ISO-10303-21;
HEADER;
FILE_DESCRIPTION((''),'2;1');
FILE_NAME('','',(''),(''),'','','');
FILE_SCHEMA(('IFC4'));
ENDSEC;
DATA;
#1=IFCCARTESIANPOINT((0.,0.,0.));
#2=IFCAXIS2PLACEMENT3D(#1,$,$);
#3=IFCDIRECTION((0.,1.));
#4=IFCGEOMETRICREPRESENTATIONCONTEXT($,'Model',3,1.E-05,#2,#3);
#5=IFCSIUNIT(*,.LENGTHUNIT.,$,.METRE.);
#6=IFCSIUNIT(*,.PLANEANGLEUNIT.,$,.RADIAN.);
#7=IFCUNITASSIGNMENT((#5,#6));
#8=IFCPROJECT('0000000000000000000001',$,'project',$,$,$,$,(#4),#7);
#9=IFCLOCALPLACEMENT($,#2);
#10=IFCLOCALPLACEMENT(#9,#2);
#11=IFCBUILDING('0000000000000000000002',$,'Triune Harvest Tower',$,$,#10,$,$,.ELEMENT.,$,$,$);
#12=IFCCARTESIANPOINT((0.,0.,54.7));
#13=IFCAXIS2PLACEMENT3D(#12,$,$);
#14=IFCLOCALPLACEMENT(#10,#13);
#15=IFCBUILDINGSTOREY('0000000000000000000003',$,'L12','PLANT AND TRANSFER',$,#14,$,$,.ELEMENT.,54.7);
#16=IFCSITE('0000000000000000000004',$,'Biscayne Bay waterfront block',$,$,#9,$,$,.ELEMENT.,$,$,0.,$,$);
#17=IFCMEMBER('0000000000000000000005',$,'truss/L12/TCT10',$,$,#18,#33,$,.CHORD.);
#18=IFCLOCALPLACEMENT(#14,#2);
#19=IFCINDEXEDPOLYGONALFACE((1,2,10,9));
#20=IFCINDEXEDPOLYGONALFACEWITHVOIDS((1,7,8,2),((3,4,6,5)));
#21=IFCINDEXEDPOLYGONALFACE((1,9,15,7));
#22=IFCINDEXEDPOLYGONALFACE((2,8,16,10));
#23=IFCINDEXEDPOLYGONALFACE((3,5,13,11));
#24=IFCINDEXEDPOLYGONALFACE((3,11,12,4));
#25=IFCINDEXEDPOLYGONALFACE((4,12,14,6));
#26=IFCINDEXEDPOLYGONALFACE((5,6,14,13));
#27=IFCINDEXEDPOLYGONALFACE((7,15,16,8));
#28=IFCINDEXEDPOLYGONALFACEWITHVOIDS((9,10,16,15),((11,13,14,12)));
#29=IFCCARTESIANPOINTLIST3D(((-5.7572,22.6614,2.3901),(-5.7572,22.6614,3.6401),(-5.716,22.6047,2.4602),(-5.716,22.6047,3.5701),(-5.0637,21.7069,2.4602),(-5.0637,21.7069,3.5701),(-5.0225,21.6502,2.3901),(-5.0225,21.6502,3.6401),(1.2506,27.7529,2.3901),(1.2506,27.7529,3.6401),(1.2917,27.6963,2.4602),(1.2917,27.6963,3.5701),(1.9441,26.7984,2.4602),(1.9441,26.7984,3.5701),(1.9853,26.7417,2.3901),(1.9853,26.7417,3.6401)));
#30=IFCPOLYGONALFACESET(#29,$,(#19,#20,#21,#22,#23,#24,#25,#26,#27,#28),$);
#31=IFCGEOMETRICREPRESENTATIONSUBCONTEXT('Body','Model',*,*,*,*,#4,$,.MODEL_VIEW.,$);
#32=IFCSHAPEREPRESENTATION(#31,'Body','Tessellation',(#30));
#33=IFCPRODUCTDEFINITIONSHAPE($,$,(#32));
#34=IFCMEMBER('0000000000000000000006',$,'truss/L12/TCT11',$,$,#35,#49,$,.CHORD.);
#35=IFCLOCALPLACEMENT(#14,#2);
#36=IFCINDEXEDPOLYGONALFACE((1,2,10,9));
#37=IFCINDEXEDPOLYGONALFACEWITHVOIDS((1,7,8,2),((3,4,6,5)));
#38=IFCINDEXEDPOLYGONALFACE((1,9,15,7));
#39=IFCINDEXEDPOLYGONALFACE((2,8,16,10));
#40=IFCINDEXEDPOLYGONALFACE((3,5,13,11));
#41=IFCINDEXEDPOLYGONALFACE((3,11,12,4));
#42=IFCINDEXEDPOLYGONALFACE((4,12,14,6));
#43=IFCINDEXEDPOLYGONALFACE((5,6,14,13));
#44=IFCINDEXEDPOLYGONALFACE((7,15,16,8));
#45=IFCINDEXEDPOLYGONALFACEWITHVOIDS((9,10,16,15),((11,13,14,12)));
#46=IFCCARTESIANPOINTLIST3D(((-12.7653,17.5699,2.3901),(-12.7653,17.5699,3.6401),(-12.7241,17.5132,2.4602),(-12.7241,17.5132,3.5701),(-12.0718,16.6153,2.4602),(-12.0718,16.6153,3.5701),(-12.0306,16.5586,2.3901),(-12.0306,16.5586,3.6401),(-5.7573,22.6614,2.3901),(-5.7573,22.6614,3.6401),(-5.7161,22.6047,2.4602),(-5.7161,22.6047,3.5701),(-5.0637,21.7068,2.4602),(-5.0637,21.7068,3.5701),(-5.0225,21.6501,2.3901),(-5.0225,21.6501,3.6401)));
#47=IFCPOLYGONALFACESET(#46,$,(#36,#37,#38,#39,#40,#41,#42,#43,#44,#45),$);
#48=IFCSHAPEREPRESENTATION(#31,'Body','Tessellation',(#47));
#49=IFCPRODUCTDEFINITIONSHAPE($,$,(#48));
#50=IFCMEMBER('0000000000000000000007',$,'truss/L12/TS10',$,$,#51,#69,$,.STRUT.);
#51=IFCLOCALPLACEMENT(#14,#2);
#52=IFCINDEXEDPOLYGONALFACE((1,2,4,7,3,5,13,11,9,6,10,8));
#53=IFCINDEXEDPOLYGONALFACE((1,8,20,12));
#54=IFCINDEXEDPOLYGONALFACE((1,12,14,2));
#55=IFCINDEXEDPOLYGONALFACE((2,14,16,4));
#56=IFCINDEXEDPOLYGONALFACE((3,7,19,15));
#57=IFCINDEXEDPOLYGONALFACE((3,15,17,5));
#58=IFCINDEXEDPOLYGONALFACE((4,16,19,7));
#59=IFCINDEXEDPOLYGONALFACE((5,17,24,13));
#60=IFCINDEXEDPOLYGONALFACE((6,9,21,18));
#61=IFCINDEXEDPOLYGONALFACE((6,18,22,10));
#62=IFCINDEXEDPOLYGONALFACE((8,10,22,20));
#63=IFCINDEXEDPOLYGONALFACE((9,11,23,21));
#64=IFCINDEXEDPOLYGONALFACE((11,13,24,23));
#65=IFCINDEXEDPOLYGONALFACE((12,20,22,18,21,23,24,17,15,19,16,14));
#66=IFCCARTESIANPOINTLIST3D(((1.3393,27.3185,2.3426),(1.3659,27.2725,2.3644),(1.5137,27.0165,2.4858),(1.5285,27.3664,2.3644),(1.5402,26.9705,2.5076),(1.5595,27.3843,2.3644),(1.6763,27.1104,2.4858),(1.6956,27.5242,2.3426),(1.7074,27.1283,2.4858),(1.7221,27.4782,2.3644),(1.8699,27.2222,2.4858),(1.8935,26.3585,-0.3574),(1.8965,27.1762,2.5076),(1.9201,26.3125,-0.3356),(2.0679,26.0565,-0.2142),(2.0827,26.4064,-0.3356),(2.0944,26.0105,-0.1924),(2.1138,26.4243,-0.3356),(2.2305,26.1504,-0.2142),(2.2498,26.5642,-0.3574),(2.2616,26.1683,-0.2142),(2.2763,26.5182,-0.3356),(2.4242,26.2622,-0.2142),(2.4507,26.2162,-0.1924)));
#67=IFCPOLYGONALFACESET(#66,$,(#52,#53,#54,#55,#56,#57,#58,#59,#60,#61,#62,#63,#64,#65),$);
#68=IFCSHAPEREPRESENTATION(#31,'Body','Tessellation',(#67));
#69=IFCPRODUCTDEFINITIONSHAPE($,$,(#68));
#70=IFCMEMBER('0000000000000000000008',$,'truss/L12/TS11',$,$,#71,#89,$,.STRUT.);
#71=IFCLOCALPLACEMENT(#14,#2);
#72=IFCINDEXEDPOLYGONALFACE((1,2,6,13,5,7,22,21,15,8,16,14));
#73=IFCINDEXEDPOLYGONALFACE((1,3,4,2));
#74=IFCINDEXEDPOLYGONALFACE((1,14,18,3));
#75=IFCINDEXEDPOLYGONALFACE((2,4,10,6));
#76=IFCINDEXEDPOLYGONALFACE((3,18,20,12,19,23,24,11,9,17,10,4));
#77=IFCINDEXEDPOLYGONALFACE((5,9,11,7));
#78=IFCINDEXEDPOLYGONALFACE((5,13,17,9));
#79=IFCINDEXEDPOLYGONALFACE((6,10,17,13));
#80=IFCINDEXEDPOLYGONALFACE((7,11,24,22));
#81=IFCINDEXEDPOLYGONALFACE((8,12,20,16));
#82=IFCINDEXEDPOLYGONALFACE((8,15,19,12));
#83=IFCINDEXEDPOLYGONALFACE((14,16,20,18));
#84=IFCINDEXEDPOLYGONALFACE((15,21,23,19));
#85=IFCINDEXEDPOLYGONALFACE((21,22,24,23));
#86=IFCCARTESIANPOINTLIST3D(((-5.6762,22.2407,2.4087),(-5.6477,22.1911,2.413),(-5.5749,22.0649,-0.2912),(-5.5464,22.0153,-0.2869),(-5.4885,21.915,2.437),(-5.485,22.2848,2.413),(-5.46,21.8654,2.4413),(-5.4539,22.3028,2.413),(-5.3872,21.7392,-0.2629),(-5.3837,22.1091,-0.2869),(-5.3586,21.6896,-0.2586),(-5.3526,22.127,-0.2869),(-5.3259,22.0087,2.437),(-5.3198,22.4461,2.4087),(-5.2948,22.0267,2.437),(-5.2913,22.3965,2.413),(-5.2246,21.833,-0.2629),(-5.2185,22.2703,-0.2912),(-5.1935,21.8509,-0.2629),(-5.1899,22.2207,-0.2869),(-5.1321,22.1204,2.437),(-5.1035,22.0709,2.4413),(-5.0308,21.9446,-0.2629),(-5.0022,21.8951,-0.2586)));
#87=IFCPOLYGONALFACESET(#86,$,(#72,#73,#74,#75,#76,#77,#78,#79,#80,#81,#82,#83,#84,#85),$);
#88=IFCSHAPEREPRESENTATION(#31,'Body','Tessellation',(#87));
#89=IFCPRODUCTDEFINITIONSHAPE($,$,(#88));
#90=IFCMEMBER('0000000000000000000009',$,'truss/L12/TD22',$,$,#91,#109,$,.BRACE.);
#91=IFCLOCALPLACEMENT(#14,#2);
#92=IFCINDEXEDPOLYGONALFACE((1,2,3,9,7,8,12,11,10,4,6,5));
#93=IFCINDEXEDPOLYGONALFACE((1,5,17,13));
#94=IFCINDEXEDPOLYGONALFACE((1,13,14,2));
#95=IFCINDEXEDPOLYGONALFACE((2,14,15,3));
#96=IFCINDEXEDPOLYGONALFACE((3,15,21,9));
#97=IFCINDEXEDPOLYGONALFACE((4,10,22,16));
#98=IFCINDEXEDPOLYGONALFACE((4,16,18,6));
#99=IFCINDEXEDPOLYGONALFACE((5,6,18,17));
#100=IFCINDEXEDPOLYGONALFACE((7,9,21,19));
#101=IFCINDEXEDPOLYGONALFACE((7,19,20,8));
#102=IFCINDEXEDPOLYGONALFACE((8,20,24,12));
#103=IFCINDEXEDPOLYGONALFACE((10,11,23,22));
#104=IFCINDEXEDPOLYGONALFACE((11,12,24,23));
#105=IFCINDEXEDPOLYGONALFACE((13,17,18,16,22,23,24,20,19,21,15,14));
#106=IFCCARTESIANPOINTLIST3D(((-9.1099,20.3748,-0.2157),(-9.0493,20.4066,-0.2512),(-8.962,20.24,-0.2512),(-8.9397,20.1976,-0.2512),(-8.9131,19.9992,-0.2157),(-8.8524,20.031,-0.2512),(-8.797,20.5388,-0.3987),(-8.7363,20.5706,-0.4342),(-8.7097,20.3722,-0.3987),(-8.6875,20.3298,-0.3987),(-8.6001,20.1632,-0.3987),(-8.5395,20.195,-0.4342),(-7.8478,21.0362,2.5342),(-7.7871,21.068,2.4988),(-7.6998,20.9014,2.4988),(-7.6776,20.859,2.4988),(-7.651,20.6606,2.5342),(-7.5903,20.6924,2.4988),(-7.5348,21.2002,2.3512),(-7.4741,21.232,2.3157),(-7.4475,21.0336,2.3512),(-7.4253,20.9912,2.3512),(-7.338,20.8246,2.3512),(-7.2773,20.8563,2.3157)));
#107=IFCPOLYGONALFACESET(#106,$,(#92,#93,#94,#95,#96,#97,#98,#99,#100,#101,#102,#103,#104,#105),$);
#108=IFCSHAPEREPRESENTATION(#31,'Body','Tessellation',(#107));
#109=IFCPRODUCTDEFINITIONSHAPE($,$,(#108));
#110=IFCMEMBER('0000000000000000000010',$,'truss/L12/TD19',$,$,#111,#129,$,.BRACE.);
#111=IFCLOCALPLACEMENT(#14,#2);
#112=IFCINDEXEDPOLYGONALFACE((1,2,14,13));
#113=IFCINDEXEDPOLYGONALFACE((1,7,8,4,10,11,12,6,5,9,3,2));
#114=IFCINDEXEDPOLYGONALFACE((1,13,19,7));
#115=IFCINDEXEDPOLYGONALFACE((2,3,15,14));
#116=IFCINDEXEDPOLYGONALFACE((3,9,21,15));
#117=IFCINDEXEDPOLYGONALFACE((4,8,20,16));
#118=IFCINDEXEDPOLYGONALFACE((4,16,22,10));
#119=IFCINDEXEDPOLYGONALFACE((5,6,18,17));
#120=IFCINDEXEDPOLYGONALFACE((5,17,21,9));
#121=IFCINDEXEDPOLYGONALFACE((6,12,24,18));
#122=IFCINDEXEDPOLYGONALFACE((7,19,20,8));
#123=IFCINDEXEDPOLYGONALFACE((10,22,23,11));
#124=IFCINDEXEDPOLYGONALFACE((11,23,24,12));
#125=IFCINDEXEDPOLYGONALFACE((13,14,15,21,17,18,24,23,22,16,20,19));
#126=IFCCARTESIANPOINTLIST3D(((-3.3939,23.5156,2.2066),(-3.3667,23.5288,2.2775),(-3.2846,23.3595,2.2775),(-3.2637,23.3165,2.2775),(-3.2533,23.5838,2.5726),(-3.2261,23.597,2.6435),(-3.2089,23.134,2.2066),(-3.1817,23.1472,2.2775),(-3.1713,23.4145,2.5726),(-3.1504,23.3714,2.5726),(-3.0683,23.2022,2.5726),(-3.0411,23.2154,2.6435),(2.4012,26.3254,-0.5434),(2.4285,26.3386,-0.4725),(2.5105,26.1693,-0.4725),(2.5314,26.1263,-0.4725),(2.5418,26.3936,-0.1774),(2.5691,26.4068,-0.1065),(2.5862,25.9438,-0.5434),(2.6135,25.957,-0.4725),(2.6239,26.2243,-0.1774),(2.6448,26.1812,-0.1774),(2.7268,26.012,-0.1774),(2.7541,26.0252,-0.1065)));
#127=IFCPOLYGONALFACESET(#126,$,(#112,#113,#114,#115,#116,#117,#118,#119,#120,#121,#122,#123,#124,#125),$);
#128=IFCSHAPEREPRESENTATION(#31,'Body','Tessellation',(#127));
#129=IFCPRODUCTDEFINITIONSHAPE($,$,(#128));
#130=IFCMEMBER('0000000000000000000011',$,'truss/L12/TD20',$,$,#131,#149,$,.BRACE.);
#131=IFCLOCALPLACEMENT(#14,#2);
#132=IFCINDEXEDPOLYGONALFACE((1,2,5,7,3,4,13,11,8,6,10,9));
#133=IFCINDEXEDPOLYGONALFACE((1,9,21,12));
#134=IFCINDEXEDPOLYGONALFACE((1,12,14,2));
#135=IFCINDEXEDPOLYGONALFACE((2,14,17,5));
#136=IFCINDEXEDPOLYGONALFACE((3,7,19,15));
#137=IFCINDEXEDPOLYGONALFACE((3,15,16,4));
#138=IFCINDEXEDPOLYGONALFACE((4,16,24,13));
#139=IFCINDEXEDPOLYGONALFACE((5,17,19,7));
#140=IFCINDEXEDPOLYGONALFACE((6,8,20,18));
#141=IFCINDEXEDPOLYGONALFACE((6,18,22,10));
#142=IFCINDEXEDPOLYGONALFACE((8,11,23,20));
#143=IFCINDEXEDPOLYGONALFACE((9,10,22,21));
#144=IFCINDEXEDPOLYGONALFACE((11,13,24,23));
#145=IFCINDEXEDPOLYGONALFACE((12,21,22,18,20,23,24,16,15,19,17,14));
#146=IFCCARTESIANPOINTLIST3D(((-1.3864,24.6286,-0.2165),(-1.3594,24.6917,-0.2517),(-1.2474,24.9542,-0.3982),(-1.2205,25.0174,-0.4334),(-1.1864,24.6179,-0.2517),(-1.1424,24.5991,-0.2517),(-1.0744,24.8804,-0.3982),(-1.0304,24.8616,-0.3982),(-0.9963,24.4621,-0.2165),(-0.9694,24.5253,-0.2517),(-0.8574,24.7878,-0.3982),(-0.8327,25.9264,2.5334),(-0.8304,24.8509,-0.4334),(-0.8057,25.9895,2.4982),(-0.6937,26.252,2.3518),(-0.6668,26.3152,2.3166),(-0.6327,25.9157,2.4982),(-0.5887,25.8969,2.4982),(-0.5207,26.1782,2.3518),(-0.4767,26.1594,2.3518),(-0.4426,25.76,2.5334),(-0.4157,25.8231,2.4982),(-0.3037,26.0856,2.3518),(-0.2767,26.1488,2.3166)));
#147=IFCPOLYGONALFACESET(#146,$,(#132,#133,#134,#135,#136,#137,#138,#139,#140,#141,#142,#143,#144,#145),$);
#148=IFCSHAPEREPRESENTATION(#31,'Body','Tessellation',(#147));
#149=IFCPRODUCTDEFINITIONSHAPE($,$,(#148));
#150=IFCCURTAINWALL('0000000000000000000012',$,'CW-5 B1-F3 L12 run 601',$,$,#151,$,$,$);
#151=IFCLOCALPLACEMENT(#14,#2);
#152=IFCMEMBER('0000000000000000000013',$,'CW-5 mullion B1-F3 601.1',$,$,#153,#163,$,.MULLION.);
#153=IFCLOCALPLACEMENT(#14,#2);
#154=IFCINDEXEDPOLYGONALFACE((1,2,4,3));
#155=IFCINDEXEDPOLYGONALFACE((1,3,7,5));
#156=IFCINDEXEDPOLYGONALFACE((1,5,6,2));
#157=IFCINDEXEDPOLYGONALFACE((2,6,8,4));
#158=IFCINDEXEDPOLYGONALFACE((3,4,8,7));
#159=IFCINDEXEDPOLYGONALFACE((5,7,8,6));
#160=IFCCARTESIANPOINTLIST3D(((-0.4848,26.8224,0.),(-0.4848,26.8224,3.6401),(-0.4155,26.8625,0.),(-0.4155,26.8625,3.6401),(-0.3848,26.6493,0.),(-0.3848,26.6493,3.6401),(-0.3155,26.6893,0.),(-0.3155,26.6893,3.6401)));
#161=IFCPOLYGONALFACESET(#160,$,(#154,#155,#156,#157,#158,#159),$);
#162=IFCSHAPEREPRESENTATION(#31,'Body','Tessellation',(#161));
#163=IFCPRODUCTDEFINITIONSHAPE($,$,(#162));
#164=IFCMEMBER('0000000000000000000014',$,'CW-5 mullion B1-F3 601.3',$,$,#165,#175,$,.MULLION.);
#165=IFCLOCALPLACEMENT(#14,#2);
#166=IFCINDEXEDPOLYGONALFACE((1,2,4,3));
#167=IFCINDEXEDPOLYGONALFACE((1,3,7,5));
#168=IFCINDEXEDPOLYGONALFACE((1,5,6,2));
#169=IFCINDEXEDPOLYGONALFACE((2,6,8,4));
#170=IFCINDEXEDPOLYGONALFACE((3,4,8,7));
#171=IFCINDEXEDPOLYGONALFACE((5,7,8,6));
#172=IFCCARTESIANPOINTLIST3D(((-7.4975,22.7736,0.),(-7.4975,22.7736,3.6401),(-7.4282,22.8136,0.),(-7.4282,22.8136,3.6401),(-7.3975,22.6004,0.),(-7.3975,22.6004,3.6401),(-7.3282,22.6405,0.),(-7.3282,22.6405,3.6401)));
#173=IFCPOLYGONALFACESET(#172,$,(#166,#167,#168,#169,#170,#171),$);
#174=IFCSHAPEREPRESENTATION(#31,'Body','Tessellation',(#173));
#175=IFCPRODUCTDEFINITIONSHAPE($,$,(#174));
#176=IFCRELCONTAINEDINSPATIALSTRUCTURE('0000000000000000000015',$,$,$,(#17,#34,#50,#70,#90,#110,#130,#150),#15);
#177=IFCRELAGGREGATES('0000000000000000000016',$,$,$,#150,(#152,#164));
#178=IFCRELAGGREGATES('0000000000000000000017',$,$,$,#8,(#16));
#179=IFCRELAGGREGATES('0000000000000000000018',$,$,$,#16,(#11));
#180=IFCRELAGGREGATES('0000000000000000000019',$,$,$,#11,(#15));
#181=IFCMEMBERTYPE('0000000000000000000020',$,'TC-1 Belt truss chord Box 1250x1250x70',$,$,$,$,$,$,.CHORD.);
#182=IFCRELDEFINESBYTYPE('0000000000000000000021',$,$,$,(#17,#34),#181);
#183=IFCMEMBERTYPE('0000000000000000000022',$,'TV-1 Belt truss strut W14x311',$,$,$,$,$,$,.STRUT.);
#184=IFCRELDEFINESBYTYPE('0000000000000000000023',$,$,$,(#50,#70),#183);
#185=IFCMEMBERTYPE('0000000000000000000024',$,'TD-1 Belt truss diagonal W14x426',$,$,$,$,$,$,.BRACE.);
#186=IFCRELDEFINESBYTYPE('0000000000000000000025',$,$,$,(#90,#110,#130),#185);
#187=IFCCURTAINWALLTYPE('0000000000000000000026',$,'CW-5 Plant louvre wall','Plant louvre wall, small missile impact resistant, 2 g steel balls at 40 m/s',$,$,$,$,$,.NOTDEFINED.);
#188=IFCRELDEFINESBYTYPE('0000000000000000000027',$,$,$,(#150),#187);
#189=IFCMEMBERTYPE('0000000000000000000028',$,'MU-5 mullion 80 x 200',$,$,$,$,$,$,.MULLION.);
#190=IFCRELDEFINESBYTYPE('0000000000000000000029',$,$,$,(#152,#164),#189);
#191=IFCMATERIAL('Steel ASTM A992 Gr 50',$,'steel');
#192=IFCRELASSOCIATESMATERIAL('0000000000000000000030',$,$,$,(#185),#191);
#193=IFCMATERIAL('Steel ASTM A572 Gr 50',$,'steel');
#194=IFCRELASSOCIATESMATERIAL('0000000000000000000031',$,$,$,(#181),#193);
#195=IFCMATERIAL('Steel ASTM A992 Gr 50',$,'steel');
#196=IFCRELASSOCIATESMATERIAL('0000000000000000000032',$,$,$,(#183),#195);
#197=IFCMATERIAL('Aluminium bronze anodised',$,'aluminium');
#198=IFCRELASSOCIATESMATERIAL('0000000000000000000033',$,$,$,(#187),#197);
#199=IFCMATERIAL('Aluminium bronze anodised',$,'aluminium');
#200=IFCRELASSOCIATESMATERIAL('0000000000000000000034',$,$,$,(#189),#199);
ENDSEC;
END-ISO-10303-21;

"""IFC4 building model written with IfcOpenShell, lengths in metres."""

from ifc_helpers import new_model, si_unit, direction, frame, origin, origin_2d, place, context, subcontext, project, spatial, rectangle, hollow_rectangle, i_section, extrude, source, transform, mapped, material, material_profile, profile_set, type_object, element, aggregate, save


model = new_model("IFC4")

# Units and contexts
model_context = context("Model", 3, precision=1e-05, world=origin(), true_north=direction((0.0, 1.0)))
body_context = subcontext(model_context, "Body", "Model", "MODEL_VIEW")
ifc_project = project(units=[si_unit("LENGTHUNIT", "METRE"), si_unit("PLANEANGLEUNIT", "RADIAN")], contexts=[model_context])

# Site, building, storey
site_placement = place(None, origin())
site = spatial("IfcSite", under=ifc_project, at=site_placement, Name="Biscayne Bay waterfront block", CompositionType="ELEMENT", RefElevation=0.0)
building_placement = place(site_placement, origin())
building = spatial("IfcBuilding", under=site, at=building_placement, Name="Triune Harvest Tower", CompositionType="ELEMENT")
storey_placement = place(building_placement, frame((0.0, 0.0, 54.7)))
storey = spatial("IfcBuildingStorey", under=building, at=storey_placement, Name="L12", Description="PLANT AND TRANSFER", CompositionType="ELEMENT", Elevation=54.7)

# Shared definitions
ifc_material_1 = material(Name="Steel ASTM A992 Gr 50", Category="steel")
ifc_material_profile_1 = material_profile(ifc_material_1, i_section(OverallWidth=0.4241, OverallDepth=0.4751, WebThickness=0.0479, FlangeThickness=0.0771, at=origin_2d()), Name="W14x426")
ifc_profile_set_1 = profile_set([ifc_material_profile_1], Name="Steel ASTM A992 Gr 50")
member_type_1 = type_object("IfcMemberType", Name="TD-1 Belt truss diagonal W14x426", PredefinedType="BRACE", material=ifc_profile_set_1)

# Members
ifc_material_2 = material(Name="Steel ASTM A572 Gr 50", Category="steel")
ifc_material_profile_2 = material_profile(ifc_material_2, hollow_rectangle(XDim=1.25, YDim=1.25, WallThickness=0.0701, at=origin_2d()), Name="Box 1250x1250x70")
ifc_profile_set_2 = profile_set([ifc_material_profile_2], Name="Steel ASTM A572 Gr 50")
member_type_2 = type_object("IfcMemberType", Name="TC-1 Belt truss chord Box 1250x1250x70", PredefinedType="CHORD", material=ifc_profile_set_2)
shared_shape_1 = source(origin(), body_context, "Body", "SweptSolid", [
    extrude(hollow_rectangle(XDim=1.25, YDim=1.25, WallThickness=0.0701, at=origin_2d()), origin(), (0.0, 0.0, 1.0), 8.6621),
])
member_1_placement = place(storey_placement, frame((1.6179, 27.2473, 3.0151), z_axis=(-0.809013, -0.587791, 0.0), x_axis=(0.587791, -0.809013, 0.0)))
element("IfcMember", 1, at=member_1_placement, inside=storey, type_object=member_type_2, Name="truss/L12/TCT10", PredefinedType="CHORD", context=body_context, shape_type="MappedRepresentation", body=[
    mapped(shared_shape_1, transform((0.0, 0.0, 0.0), scale=1.0)),
])
shared_shape_2 = source(origin(), body_context, "Body", "SweptSolid", [
    extrude(hollow_rectangle(XDim=1.25, YDim=1.25, WallThickness=0.0701, at=origin_2d()), origin(), (0.0, 0.0, 1.0), 8.6624),
])
member_2_placement = place(storey_placement, frame((-5.3899, 22.1558, 3.0151), z_axis=(-0.809022, -0.587778, 0.0), x_axis=(0.587778, -0.809022, 0.0)))
element("IfcMember", 2, at=member_2_placement, inside=storey, type_object=member_type_2, Name="truss/L12/TCT11", PredefinedType="CHORD", context=body_context, shape_type="MappedRepresentation", body=[
    mapped(shared_shape_2, transform((0.0, 0.0, 0.0), scale=1.0)),
])
ifc_material_3 = material(Name="Steel ASTM A992 Gr 50", Category="steel")
ifc_material_profile_3 = material_profile(ifc_material_3, i_section(OverallWidth=0.4114, OverallDepth=0.4343, WebThickness=0.0359, FlangeThickness=0.0574, at=origin_2d()), Name="W14x311")
ifc_profile_set_3 = profile_set([ifc_material_profile_3], Name="Steel ASTM A992 Gr 50")
member_type_3 = type_object("IfcMemberType", Name="TV-1 Belt truss strut W14x311", PredefinedType="STRUT", material=ifc_profile_set_3)
shared_shape_3 = source(origin(), body_context, "Body", "SweptSolid", [
    extrude(i_section(OverallWidth=0.4114, OverallDepth=0.4343, WebThickness=0.0359, FlangeThickness=0.0574, at=origin_2d()), origin(), (0.0, 0.0, 1.0), 2.9187),
])
member_3_placement = place(storey_placement, frame((2.1721, 26.2874, -0.2749), z_axis=(-0.189883, 0.328908, 0.925075), x_axis=(-0.866039, -0.499977, 0.0)))
element("IfcMember", 3, at=member_3_placement, inside=storey, type_object=member_type_3, Name="truss/L12/TS10", PredefinedType="STRUT", context=body_context, shape_type="MappedRepresentation", body=[
    mapped(shared_shape_3, transform((0.0, 0.0, 0.0), scale=1.0)),
])
shared_shape_4 = source(origin(), body_context, "Body", "SweptSolid", [
    extrude(i_section(OverallWidth=0.4114, OverallDepth=0.4343, WebThickness=0.0359, FlangeThickness=0.0574, at=origin_2d()), origin(), (0.0, 0.0, 1.0), 2.7075),
])
member_4_placement = place(storey_placement, frame((-5.2886, 21.98, -0.2749), z_axis=(-0.03742, 0.064922, 0.997188), x_axis=(-0.866386, -0.499375, 0.0)))
element("IfcMember", 4, at=member_4_placement, inside=storey, type_object=member_type_3, Name="truss/L12/TS11", PredefinedType="STRUT", context=body_context, shape_type="MappedRepresentation", body=[
    mapped(shared_shape_4, transform((0.0, 0.0, 0.0), scale=1.0)),
])
shared_shape_5 = source(origin(), body_context, "Body", "SweptSolid", [
    extrude(i_section(OverallWidth=0.4241, OverallDepth=0.4751, WebThickness=0.0479, FlangeThickness=0.0771, at=origin_2d()), origin(), (0.0, 0.0, 1.0), 3.0972),
])
member_5_placement = place(storey_placement, frame((-8.8247, 20.2849, -0.325), z_axis=(0.407522, 0.213535, 0.887878), x_axis=(-0.464129, 0.885768, 0.0)))
element("IfcMember", 5, at=member_5_placement, inside=storey, type_object=member_type_1, Name="truss/L12/TD22", PredefinedType="BRACE", context=body_context, shape_type="MappedRepresentation", body=[
    mapped(shared_shape_5, transform((0.0, 0.0, 0.0), scale=1.0)),
])
shared_shape_6 = source(origin(), body_context, "Body", "SweptSolid", [
    extrude(i_section(OverallWidth=0.4241, OverallDepth=0.4751, WebThickness=0.0479, FlangeThickness=0.0771, at=origin_2d()), origin(), (0.0, 0.0, 1.0), 7.0029),
])
member_6_placement = place(storey_placement, frame((2.5776, 26.1753, -0.325), z_axis=(-0.82753, -0.401232, 0.392691), x_axis=(0.436278, -0.899812, 0.0)))
element("IfcMember", 6, at=member_6_placement, inside=storey, type_object=member_type_1, Name="truss/L12/TD19", PredefinedType="BRACE", context=body_context, shape_type="MappedRepresentation", body=[
    mapped(shared_shape_6, transform((0.0, 0.0, 0.0), scale=1.0)),
])
shared_shape_7 = source(origin(), body_context, "Body", "SweptSolid", [
    extrude(i_section(OverallWidth=0.4241, OverallDepth=0.4751, WebThickness=0.0479, FlangeThickness=0.0771, at=origin_2d()), origin(), (0.0, 0.0, 1.0), 3.0908),
])
member_7_placement = place(storey_placement, frame((-1.1084, 24.7397, -0.325), z_axis=(0.179144, 0.419898, 0.889715), x_axis=(-0.919788, 0.392415, 0.0)))
element("IfcMember", 7, at=member_7_placement, inside=storey, type_object=member_type_1, Name="truss/L12/TD20", PredefinedType="BRACE", context=body_context, shape_type="MappedRepresentation", body=[
    mapped(shared_shape_7, transform((0.0, 0.0, 0.0), scale=1.0)),
])

# Curtain wall, members
ifc_material_4 = material(Name="Aluminium bronze anodised", Category="aluminium")
curtain_wall_type = type_object("IfcCurtainWallType", Name="CW-5 Plant louvre wall", Description="Plant louvre wall, small missile impact resistant, 2 g steel balls at 40 m/s", PredefinedType="NOTDEFINED", material=ifc_material_4)
curtain_wall_1_placement = place(storey_placement, origin())
curtain_wall_1 = element("IfcCurtainWall", 8, at=curtain_wall_1_placement, inside=storey, type_object=curtain_wall_type, Name="CW-5 B1-F3 L12 run 601")
ifc_material_5 = material(Name="Aluminium bronze anodised", Category="aluminium")
ifc_material_profile_4 = material_profile(ifc_material_5, rectangle(XDim=0.2, YDim=0.0801, at=origin_2d()), Name="MU-5 mullion 80 x 200")
ifc_profile_set_4 = profile_set([ifc_material_profile_4], Name="Aluminium bronze anodised")
member_type_4 = type_object("IfcMemberType", Name="MU-5 mullion 80 x 200", PredefinedType="MULLION", material=ifc_profile_set_4)
shared_shape_8 = source(origin(), body_context, "Body", "SweptSolid", [
    extrude(rectangle(XDim=0.2, YDim=0.0801, at=origin_2d()), origin(), (0.0, 0.0, 1.0), 3.6401),
])
member_8_placement = place(storey_placement, frame((-0.4001, 26.7559, 0.0), z_axis=(0.0, 0.0, 1.0), x_axis=(0.499999, -0.866026, 0.0)))
member_8 = element("IfcMember", 9, at=member_8_placement, type_object=member_type_4, Name="CW-5 mullion B1-F3 601.1", PredefinedType="MULLION", context=body_context, shape_type="MappedRepresentation", body=[
    mapped(shared_shape_8, transform((0.0, 0.0, 0.0), scale=1.0)),
])
member_9_placement = place(storey_placement, frame((-7.4128, 22.707, 0.0), z_axis=(0.0, 0.0, 1.0), x_axis=(0.499999, -0.866026, 0.0)))
member_9 = element("IfcMember", 10, at=member_9_placement, type_object=member_type_4, Name="CW-5 mullion B1-F3 601.3", PredefinedType="MULLION", context=body_context, shape_type="MappedRepresentation", body=[
    mapped(shared_shape_8, transform((0.0, 0.0, 0.0), scale=1.0)),
])

aggregate(curtain_wall_1, [member_8, member_9])

save(model, "model.ifc")
